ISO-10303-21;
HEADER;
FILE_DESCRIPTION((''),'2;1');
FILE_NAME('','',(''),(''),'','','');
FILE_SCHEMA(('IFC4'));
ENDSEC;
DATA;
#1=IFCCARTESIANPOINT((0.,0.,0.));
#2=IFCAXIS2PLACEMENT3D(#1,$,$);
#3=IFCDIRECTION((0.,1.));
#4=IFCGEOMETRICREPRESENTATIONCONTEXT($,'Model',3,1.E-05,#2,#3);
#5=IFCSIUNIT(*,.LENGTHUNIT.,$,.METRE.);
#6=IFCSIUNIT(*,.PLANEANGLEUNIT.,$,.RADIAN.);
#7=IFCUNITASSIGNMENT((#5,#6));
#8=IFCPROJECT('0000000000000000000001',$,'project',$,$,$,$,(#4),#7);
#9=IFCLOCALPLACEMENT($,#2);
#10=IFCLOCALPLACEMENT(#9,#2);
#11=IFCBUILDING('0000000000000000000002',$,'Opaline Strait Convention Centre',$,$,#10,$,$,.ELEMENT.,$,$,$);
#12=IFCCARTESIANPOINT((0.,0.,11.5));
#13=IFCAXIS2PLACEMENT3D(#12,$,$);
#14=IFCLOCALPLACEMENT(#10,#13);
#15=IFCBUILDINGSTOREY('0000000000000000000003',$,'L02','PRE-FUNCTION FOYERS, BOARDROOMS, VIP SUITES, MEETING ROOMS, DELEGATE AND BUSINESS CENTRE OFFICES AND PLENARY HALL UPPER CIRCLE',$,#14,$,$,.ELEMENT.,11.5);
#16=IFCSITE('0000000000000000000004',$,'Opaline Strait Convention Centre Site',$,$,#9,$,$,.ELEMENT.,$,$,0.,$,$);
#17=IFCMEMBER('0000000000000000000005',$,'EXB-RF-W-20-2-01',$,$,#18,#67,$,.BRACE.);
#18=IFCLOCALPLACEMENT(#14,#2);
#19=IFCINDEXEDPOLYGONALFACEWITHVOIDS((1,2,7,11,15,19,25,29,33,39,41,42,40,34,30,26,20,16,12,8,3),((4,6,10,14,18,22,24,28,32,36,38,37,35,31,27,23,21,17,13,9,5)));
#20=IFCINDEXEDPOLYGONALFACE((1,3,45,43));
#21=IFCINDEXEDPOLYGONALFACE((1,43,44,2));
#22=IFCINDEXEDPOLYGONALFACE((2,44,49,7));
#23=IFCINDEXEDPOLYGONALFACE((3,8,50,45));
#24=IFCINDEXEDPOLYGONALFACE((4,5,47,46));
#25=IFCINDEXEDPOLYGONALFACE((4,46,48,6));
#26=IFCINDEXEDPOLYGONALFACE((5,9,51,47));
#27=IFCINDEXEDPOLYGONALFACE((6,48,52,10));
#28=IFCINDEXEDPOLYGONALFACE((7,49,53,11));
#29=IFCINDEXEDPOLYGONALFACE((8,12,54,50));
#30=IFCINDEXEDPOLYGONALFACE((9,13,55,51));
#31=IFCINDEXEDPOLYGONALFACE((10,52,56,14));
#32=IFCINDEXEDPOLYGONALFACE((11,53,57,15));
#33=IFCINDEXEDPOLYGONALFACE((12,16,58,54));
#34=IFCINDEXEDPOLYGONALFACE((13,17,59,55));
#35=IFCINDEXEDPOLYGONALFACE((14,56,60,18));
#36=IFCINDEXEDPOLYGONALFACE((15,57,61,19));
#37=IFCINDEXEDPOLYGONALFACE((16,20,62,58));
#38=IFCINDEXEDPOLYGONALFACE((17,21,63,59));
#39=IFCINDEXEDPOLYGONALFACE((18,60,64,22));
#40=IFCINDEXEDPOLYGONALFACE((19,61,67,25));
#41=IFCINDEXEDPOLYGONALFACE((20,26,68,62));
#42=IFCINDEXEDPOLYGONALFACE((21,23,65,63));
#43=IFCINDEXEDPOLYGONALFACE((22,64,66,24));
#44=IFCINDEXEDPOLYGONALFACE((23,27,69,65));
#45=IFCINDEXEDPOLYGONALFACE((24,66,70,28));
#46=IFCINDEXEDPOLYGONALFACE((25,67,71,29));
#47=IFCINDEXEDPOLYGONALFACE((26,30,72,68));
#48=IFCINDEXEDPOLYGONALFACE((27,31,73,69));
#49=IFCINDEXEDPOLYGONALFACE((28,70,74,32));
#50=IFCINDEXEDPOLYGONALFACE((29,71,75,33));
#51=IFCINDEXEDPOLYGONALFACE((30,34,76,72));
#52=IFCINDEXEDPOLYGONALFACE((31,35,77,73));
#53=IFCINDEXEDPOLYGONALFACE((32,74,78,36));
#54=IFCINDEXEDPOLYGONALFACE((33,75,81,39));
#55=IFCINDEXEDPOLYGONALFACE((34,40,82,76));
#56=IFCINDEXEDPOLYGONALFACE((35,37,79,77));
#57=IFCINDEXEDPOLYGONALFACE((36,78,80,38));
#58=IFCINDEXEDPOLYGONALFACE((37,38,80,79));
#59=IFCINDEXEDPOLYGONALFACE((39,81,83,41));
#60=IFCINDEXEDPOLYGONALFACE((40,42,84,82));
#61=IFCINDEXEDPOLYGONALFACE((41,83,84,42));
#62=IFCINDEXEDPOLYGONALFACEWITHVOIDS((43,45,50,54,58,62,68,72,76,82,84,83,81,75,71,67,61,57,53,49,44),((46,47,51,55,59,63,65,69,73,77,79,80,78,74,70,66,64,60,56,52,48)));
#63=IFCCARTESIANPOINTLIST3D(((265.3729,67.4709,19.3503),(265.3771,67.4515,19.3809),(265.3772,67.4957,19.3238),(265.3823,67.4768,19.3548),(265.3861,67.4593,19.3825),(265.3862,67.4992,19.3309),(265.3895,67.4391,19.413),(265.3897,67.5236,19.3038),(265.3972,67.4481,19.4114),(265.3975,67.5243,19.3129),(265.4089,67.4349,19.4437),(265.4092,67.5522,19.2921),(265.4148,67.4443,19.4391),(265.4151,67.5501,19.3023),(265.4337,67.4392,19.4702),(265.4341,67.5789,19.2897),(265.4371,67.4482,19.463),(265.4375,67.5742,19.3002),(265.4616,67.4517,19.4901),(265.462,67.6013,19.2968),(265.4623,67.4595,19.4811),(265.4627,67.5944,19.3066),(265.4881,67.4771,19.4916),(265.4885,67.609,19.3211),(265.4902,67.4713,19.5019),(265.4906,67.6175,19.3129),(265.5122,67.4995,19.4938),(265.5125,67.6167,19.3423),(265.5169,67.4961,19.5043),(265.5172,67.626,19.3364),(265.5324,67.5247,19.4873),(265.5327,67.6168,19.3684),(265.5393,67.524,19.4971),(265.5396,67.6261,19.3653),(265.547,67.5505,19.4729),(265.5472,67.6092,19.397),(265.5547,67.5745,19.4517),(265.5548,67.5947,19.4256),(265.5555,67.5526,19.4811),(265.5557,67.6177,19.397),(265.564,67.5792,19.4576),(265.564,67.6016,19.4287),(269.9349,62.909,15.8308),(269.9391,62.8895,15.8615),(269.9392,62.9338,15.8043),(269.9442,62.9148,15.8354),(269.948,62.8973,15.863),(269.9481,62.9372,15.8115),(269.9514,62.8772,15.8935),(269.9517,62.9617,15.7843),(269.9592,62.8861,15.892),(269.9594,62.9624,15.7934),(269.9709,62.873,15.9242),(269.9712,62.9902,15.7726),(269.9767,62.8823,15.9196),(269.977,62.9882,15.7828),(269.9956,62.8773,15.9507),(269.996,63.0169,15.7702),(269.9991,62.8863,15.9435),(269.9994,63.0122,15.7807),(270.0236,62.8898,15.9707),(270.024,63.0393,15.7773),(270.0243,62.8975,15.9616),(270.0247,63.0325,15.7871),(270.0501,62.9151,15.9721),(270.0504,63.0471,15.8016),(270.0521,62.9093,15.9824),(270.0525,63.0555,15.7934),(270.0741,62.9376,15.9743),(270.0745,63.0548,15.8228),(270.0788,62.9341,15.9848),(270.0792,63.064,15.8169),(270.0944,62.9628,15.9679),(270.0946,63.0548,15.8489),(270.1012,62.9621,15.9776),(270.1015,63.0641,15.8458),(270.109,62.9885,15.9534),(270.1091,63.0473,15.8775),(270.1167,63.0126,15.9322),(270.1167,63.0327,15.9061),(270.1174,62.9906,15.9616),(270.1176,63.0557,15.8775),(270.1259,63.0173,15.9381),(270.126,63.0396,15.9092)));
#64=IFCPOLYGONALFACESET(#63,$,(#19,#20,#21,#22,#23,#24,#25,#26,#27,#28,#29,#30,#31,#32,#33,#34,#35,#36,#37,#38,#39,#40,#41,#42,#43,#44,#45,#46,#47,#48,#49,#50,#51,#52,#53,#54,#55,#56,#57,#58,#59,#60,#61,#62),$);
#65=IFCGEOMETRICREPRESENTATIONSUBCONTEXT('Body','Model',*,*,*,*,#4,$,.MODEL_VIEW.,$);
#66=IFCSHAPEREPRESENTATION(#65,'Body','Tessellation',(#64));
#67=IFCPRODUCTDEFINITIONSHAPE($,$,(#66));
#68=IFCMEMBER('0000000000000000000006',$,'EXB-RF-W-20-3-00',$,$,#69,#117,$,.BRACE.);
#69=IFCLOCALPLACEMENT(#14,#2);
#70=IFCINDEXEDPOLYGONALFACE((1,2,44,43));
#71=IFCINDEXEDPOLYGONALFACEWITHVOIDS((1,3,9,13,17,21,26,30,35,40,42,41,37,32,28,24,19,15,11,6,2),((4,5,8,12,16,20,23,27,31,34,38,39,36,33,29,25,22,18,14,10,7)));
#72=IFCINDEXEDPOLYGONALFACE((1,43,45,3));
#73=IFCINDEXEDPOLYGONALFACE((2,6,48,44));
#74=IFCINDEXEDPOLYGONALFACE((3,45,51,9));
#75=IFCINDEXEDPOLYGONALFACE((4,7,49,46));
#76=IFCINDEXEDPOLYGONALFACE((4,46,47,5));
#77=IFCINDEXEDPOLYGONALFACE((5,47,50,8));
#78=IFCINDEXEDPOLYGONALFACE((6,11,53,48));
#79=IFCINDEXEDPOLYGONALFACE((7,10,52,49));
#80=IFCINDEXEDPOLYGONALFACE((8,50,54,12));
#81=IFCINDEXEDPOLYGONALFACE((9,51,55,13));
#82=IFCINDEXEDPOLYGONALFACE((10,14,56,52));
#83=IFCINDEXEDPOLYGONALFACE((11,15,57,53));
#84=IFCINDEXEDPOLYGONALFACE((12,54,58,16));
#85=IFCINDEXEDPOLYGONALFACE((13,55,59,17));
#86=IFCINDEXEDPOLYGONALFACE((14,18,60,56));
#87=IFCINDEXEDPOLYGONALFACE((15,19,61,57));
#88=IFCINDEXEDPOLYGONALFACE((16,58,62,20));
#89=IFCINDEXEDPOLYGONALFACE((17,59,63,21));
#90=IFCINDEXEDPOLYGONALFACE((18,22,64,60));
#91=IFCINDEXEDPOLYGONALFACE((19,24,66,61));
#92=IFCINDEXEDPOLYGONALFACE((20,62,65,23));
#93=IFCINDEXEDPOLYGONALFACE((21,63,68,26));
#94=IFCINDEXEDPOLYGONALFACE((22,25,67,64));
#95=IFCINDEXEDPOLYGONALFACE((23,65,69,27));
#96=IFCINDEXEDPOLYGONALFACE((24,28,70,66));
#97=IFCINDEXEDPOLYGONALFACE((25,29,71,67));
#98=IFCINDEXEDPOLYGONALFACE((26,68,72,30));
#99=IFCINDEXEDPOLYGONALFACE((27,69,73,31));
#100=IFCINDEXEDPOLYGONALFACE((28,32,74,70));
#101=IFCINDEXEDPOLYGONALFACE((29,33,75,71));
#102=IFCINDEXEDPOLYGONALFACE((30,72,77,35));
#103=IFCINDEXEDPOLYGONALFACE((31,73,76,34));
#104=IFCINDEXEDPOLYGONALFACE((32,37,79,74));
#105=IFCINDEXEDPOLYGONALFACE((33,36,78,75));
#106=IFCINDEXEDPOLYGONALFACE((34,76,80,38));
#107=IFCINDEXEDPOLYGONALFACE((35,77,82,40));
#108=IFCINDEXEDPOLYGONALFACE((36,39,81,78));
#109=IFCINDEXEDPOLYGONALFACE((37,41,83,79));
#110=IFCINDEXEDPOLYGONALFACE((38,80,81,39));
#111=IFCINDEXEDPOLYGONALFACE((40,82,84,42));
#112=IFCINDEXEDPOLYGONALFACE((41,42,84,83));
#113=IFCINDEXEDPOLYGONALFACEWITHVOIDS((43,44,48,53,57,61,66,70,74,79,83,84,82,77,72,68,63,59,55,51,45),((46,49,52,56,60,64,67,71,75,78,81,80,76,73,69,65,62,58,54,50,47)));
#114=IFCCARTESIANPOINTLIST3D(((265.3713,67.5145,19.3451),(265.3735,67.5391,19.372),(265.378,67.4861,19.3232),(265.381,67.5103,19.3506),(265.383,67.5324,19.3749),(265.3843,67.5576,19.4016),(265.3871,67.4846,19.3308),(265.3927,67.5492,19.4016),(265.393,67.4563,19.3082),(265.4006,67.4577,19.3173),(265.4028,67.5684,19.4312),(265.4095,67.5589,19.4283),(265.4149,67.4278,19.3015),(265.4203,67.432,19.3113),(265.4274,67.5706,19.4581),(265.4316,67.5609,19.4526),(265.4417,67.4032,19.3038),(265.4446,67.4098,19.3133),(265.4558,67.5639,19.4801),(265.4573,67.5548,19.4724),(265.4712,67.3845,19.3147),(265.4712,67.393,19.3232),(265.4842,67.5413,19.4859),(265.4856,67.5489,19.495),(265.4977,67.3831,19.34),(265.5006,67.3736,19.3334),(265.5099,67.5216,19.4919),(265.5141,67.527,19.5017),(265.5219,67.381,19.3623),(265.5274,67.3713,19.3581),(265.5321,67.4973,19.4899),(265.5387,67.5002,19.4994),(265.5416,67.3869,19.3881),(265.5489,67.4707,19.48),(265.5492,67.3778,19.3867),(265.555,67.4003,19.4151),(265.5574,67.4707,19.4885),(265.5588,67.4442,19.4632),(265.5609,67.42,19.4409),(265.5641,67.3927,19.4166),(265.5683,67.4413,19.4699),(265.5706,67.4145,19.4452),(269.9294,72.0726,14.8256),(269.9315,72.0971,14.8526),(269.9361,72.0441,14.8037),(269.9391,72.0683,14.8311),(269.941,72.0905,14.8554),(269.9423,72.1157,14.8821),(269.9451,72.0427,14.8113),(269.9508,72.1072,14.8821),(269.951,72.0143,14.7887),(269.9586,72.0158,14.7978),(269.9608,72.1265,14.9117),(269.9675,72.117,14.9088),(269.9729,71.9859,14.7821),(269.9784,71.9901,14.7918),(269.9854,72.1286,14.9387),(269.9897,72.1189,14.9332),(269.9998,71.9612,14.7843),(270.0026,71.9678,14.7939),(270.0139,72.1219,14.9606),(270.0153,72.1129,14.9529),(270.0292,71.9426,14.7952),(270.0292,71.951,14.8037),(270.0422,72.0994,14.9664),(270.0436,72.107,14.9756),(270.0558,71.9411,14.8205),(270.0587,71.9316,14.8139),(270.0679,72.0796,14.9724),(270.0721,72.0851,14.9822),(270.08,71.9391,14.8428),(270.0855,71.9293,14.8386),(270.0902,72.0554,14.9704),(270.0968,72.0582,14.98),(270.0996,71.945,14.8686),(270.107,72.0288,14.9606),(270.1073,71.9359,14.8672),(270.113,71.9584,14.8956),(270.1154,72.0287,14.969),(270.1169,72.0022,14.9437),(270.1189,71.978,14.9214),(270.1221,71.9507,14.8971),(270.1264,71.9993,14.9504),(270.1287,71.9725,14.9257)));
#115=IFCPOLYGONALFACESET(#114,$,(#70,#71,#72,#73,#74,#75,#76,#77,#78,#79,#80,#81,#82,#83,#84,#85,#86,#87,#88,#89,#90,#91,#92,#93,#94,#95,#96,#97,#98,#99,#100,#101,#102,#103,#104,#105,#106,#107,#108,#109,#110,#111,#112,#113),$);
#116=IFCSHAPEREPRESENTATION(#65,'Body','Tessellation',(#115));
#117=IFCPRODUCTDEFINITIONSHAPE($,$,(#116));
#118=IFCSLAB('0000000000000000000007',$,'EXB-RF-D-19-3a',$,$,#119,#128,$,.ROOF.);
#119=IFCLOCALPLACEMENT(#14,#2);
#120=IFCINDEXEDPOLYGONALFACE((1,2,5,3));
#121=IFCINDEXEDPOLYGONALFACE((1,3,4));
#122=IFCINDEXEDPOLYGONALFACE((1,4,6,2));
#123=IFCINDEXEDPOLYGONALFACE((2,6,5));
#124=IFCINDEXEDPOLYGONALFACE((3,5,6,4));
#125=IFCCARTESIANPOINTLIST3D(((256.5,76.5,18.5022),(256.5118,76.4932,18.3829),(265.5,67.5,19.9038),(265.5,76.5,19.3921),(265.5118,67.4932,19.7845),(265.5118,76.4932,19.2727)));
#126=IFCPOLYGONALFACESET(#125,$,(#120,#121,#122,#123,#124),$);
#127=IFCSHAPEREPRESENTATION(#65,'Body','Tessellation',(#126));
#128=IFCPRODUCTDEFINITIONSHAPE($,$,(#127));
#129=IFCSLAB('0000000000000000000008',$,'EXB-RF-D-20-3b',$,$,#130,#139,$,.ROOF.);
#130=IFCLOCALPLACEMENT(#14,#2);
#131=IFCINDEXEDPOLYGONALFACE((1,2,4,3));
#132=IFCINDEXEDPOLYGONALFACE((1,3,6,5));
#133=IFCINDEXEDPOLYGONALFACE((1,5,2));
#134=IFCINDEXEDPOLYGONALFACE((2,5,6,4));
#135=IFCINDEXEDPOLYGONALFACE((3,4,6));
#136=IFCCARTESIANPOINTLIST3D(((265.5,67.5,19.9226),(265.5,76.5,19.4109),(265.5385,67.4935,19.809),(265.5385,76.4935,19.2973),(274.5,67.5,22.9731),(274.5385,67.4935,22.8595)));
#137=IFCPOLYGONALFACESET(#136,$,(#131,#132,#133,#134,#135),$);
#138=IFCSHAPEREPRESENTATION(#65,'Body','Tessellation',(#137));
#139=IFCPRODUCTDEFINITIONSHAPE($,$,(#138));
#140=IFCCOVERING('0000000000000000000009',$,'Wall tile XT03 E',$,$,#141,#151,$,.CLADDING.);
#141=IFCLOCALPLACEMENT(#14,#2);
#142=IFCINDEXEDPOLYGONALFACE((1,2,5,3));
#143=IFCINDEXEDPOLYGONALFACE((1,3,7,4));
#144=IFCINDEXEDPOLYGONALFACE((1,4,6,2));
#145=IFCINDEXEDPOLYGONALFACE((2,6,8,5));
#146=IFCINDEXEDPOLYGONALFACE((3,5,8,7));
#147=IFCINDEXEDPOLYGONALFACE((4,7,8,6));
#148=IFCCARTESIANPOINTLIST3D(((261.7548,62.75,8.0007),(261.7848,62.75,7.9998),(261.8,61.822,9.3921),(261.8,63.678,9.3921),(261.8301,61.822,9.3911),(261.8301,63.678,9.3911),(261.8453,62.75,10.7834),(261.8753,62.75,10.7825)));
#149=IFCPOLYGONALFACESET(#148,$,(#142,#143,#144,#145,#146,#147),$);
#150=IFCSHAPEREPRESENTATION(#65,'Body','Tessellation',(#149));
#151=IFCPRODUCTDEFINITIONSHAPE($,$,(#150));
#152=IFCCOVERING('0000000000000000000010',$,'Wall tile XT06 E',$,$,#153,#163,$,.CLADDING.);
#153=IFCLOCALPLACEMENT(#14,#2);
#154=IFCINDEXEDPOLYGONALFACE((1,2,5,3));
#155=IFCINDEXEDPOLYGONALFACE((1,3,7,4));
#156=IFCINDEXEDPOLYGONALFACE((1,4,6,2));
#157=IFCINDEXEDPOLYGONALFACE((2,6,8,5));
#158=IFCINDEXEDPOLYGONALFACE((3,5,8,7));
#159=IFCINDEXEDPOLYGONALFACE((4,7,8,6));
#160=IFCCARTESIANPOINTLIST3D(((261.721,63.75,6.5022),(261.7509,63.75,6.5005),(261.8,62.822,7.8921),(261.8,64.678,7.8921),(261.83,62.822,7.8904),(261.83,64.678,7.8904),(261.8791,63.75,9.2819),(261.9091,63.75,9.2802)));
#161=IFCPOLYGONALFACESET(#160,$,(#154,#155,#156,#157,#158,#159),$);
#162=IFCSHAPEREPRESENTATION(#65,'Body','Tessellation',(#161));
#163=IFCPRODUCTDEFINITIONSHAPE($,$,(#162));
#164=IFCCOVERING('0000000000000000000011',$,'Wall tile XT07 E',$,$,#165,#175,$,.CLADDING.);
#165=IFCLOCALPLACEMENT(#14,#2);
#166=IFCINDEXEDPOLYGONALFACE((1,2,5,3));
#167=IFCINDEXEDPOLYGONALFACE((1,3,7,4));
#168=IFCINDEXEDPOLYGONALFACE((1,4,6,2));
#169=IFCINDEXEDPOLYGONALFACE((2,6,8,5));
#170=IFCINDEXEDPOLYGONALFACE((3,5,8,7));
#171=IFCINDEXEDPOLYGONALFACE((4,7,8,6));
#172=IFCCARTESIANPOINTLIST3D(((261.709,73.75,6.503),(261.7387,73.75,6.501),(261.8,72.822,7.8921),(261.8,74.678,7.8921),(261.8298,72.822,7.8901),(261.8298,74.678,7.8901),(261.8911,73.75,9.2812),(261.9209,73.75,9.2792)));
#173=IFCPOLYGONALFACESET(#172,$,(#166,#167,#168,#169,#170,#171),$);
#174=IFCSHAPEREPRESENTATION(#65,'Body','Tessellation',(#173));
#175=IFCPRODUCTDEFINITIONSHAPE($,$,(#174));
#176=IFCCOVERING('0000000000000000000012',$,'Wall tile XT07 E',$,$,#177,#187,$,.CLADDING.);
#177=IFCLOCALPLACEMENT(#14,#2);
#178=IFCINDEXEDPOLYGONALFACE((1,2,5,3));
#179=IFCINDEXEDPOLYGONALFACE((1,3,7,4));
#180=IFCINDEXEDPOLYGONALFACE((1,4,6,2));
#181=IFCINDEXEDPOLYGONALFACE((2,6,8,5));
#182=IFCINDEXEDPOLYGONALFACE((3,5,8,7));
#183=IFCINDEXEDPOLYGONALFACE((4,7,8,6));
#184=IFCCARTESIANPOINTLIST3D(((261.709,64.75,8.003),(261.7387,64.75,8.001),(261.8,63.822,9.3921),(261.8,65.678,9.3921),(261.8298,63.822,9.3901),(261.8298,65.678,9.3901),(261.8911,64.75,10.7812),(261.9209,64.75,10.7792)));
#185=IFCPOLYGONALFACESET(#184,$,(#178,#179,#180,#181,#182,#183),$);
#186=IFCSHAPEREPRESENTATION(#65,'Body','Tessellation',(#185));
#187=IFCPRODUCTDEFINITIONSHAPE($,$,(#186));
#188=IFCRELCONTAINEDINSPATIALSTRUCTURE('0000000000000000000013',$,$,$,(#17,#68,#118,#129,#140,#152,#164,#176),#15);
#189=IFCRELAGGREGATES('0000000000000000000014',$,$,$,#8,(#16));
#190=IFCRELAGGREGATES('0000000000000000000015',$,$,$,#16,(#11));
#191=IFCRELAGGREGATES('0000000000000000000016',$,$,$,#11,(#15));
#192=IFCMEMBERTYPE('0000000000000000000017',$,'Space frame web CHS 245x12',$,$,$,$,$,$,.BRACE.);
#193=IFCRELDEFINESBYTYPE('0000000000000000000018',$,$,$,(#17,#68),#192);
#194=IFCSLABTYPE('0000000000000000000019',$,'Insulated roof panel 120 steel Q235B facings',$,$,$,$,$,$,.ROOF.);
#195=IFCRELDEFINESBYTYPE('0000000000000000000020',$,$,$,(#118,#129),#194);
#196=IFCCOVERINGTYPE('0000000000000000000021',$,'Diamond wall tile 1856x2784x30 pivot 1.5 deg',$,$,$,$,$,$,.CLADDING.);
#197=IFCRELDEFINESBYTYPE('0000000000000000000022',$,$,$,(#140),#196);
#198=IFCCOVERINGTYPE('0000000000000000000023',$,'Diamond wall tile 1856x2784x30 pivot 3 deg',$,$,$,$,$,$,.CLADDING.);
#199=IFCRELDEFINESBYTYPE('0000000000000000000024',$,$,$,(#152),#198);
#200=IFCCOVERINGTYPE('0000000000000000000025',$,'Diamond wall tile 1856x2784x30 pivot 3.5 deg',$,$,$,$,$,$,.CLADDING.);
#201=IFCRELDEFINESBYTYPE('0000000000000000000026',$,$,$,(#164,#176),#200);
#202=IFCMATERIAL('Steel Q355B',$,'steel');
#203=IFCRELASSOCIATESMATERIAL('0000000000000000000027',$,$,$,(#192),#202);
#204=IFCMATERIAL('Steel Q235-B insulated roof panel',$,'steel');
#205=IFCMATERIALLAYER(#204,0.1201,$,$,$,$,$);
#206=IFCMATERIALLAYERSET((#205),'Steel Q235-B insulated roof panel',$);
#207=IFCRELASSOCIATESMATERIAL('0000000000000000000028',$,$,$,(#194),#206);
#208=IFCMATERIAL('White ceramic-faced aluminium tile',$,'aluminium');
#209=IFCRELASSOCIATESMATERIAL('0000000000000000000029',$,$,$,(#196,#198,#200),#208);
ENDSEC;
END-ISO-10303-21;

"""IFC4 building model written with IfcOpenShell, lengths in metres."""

from ifc_helpers import new_model, si_unit, direction, frame, origin, origin_2d, place, context, subcontext, project, spatial, polyline, hollow_circle, outline, extrude, material, layer, layer_set, material_profile, profile_set, type_object, element, save


model = new_model("IFC4")

# Units and contexts
model_context = context("Model", 3, precision=1e-05, world=origin(), true_north=direction((0.0, 1.0)))
body_context = subcontext(model_context, "Body", "Model", "MODEL_VIEW")
ifc_project = project(units=[si_unit("LENGTHUNIT", "METRE"), si_unit("PLANEANGLEUNIT", "RADIAN")], contexts=[model_context])

# Site, building, storey
site_placement = place(None, origin())
site = spatial("IfcSite", under=ifc_project, at=site_placement, Name="Opaline Strait Convention Centre Site", CompositionType="ELEMENT", RefElevation=0.0)
building_placement = place(site_placement, origin())
building = spatial("IfcBuilding", under=site, at=building_placement, Name="Opaline Strait Convention Centre", CompositionType="ELEMENT")
storey_placement = place(building_placement, frame((0.0, 0.0, 11.5)))
storey = spatial("IfcBuildingStorey", under=building, at=storey_placement, Name="L02", Description="PRE-FUNCTION FOYERS, BOARDROOMS, VIP SUITES, MEETING ROOMS, DELEGATE AND BUSINESS CENTRE OFFICES AND PLENARY HALL UPPER CIRCLE", CompositionType="ELEMENT", Elevation=11.5)

# Members
ifc_material_1 = material(Name="Steel Q355B", Category="steel")
ifc_material_profile_1 = material_profile(ifc_material_1, hollow_circle(Radius=0.1226, WallThickness=0.012, at=origin_2d()), Name="CHS 245x12")
ifc_profile_set_1 = profile_set([ifc_material_profile_1], Name="Steel Q355B")
member_type_1 = type_object("IfcMemberType", Name="Space frame web CHS 245x12", PredefinedType="BRACE", material=ifc_profile_set_1)
member_1_placement = place(storey_placement, frame((265.469, 67.531, 19.397), z_axis=(0.620748, -0.620748, -0.478899), x_axis=(0.707107, 0.707107, 0.0)))
element("IfcMember", 1, at=member_1_placement, inside=storey, type_object=member_type_1, Name="EXB-RF-W-20-2-01", PredefinedType="BRACE", context=body_context, shape_type="SweptSolid", body=[
    extrude(hollow_circle(Radius=0.1226, WallThickness=0.012, at=origin_2d()), origin(), (0.0, 0.0, 1.0), 7.3491),
])
member_2_placement = place(storey_placement, frame((265.4709, 67.4709, 19.4016), z_axis=(0.578979, 0.578979, -0.574079), x_axis=(-0.707107, 0.707107, 0.0)))
element("IfcMember", 2, at=member_2_placement, inside=storey, type_object=member_type_1, Name="EXB-RF-W-20-3-00", PredefinedType="BRACE", context=body_context, shape_type="SweptSolid", body=[
    extrude(hollow_circle(Radius=0.1226, WallThickness=0.012, at=origin_2d()), origin(), (0.0, 0.0, 1.0), 7.8726),
])

# Slabs
ifc_material_2 = material(Name="Steel Q235-B insulated roof panel", Category="steel")
ifc_layer_1 = layer(ifc_material_2, 0.1201)
ifc_layer_set_1 = layer_set([ifc_layer_1], Name="Steel Q235-B insulated roof panel")
slab_type = type_object("IfcSlabType", Name="Insulated roof panel 120 steel Q235B facings", PredefinedType="ROOF", material=ifc_layer_set_1)
slab_1_placement = place(storey_placement, frame((265.5, 67.5, 19.9038), z_axis=(-0.09824, 0.056491, 0.993558), x_axis=(0.0, 0.998388, -0.056766)))
element("IfcSlab", 3, at=slab_1_placement, inside=storey, type_object=slab_type, Name="EXB-RF-D-19-3a", PredefinedType="ROOF", context=body_context, shape_type="SweptSolid", body=[
    extrude(outline(polyline([(0.0, 0.0), (9.0145, 0.0), (9.0651, 9.0437), (0.0, 0.0)])), origin(), (0.0, 0.0, -1.0), 0.1201),
])
slab_2_placement = place(storey_placement, frame((265.5, 67.5, 19.9226), z_axis=(-0.320546, 0.053771, 0.945706), x_axis=(0.947076, 0.0, 0.32101)))
element("IfcSlab", 4, at=slab_2_placement, inside=storey, type_object=slab_type, Name="EXB-RF-D-20-3b", PredefinedType="ROOF", context=body_context, shape_type="SweptSolid", body=[
    extrude(outline(polyline([(0.0, 0.0), (9.5029, 0.0), (-0.1643, 9.013), (0.0, 0.0)])), origin(), (0.0, 0.0, -1.0), 0.1201),
])

# Coverings
ifc_material_3 = material(Name="White ceramic-faced aluminium tile", Category="aluminium")
ifc_material_profile_2 = material_profile(ifc_material_3, outline(polyline([(0.928, 0.0), (0.0, 1.3921), (-0.928, 0.0), (0.0, -1.3921), (0.928, 0.0)])), Name="Diamond tile 1856x2784")
ifc_profile_set_2 = profile_set([ifc_material_profile_2], Name="White ceramic-faced aluminium tile")
covering_type_1 = type_object("IfcCoveringType", Name="Diamond wall tile 1856x2784x30 pivot 1.5 deg", PredefinedType="CLADDING", material=ifc_profile_set_2)
covering_1_placement = place(storey_placement, frame((261.8, 62.75, 9.3921), z_axis=(0.999472, 0.0, -0.032503), x_axis=(0.0, 1.0, 0.0)))
element("IfcCovering", 5, at=covering_1_placement, inside=storey, type_object=covering_type_1, Name="Wall tile XT03 E", PredefinedType="CLADDING", context=body_context, shape_type="SweptSolid", body=[
    extrude(outline(polyline([(0.928, 0.0), (0.0, 1.3921), (-0.928, 0.0), (0.0, -1.3921), (0.928, 0.0)])), origin(), (0.0, 0.0, 1.0), 0.03),
])
ifc_material_profile_3 = material_profile(ifc_material_3, outline(polyline([(0.928, 0.0), (0.0, 1.3921), (-0.928, 0.0), (0.0, -1.3921), (0.928, 0.0)])), Name="Diamond tile 1856x2784")
ifc_profile_set_3 = profile_set([ifc_material_profile_3], Name="White ceramic-faced aluminium tile")
covering_type_2 = type_object("IfcCoveringType", Name="Diamond wall tile 1856x2784x30 pivot 3 deg", PredefinedType="CLADDING", material=ifc_profile_set_3)
covering_2_placement = place(storey_placement, frame((261.8, 63.75, 7.8921), z_axis=(0.998385, 0.0, -0.056819), x_axis=(0.0, 1.0, 0.0)))
element("IfcCovering", 6, at=covering_2_placement, inside=storey, type_object=covering_type_2, Name="Wall tile XT06 E", PredefinedType="CLADDING", context=body_context, shape_type="SweptSolid", body=[
    extrude(outline(polyline([(0.928, 0.0), (0.0, 1.3921), (-0.928, 0.0), (0.0, -1.3921), (0.928, 0.0)])), origin(), (0.0, 0.0, 1.0), 0.03),
])
ifc_material_profile_4 = material_profile(ifc_material_3, outline(polyline([(0.928, 0.0), (0.0, 1.3921), (-0.928, 0.0), (0.0, -1.3921), (0.928, 0.0)])), Name="Diamond tile 1856x2784")
ifc_profile_set_4 = profile_set([ifc_material_profile_4], Name="White ceramic-faced aluminium tile")
covering_type_3 = type_object("IfcCoveringType", Name="Diamond wall tile 1856x2784x30 pivot 3.5 deg", PredefinedType="CLADDING", material=ifc_profile_set_4)
for number, where, z_axis, x_axis, name in (
    (7, (261.8, 73.75, 7.8921), (0.997857, 0.0, -0.065433), (0.0, 1.0, 0.0), "Wall tile XT07 E"),
    (8, (261.8, 64.75, 9.3921), (0.997857, 0.0, -0.065433), (0.0, 1.0, 0.0), "Wall tile XT07 E"),
):
    element("IfcCovering", number, at=place(storey_placement, frame(where, z_axis=z_axis, x_axis=x_axis)), inside=storey, type_object=covering_type_3, Name=name, PredefinedType="CLADDING", context=body_context, shape_type="SweptSolid", body=[
        extrude(outline(polyline([(0.928, 0.0), (0.0, 1.3921), (-0.928, 0.0), (0.0, -1.3921), (0.928, 0.0)])), origin(), (0.0, 0.0, 1.0), 0.0298),
    ])

save(model, "model.ifc")
